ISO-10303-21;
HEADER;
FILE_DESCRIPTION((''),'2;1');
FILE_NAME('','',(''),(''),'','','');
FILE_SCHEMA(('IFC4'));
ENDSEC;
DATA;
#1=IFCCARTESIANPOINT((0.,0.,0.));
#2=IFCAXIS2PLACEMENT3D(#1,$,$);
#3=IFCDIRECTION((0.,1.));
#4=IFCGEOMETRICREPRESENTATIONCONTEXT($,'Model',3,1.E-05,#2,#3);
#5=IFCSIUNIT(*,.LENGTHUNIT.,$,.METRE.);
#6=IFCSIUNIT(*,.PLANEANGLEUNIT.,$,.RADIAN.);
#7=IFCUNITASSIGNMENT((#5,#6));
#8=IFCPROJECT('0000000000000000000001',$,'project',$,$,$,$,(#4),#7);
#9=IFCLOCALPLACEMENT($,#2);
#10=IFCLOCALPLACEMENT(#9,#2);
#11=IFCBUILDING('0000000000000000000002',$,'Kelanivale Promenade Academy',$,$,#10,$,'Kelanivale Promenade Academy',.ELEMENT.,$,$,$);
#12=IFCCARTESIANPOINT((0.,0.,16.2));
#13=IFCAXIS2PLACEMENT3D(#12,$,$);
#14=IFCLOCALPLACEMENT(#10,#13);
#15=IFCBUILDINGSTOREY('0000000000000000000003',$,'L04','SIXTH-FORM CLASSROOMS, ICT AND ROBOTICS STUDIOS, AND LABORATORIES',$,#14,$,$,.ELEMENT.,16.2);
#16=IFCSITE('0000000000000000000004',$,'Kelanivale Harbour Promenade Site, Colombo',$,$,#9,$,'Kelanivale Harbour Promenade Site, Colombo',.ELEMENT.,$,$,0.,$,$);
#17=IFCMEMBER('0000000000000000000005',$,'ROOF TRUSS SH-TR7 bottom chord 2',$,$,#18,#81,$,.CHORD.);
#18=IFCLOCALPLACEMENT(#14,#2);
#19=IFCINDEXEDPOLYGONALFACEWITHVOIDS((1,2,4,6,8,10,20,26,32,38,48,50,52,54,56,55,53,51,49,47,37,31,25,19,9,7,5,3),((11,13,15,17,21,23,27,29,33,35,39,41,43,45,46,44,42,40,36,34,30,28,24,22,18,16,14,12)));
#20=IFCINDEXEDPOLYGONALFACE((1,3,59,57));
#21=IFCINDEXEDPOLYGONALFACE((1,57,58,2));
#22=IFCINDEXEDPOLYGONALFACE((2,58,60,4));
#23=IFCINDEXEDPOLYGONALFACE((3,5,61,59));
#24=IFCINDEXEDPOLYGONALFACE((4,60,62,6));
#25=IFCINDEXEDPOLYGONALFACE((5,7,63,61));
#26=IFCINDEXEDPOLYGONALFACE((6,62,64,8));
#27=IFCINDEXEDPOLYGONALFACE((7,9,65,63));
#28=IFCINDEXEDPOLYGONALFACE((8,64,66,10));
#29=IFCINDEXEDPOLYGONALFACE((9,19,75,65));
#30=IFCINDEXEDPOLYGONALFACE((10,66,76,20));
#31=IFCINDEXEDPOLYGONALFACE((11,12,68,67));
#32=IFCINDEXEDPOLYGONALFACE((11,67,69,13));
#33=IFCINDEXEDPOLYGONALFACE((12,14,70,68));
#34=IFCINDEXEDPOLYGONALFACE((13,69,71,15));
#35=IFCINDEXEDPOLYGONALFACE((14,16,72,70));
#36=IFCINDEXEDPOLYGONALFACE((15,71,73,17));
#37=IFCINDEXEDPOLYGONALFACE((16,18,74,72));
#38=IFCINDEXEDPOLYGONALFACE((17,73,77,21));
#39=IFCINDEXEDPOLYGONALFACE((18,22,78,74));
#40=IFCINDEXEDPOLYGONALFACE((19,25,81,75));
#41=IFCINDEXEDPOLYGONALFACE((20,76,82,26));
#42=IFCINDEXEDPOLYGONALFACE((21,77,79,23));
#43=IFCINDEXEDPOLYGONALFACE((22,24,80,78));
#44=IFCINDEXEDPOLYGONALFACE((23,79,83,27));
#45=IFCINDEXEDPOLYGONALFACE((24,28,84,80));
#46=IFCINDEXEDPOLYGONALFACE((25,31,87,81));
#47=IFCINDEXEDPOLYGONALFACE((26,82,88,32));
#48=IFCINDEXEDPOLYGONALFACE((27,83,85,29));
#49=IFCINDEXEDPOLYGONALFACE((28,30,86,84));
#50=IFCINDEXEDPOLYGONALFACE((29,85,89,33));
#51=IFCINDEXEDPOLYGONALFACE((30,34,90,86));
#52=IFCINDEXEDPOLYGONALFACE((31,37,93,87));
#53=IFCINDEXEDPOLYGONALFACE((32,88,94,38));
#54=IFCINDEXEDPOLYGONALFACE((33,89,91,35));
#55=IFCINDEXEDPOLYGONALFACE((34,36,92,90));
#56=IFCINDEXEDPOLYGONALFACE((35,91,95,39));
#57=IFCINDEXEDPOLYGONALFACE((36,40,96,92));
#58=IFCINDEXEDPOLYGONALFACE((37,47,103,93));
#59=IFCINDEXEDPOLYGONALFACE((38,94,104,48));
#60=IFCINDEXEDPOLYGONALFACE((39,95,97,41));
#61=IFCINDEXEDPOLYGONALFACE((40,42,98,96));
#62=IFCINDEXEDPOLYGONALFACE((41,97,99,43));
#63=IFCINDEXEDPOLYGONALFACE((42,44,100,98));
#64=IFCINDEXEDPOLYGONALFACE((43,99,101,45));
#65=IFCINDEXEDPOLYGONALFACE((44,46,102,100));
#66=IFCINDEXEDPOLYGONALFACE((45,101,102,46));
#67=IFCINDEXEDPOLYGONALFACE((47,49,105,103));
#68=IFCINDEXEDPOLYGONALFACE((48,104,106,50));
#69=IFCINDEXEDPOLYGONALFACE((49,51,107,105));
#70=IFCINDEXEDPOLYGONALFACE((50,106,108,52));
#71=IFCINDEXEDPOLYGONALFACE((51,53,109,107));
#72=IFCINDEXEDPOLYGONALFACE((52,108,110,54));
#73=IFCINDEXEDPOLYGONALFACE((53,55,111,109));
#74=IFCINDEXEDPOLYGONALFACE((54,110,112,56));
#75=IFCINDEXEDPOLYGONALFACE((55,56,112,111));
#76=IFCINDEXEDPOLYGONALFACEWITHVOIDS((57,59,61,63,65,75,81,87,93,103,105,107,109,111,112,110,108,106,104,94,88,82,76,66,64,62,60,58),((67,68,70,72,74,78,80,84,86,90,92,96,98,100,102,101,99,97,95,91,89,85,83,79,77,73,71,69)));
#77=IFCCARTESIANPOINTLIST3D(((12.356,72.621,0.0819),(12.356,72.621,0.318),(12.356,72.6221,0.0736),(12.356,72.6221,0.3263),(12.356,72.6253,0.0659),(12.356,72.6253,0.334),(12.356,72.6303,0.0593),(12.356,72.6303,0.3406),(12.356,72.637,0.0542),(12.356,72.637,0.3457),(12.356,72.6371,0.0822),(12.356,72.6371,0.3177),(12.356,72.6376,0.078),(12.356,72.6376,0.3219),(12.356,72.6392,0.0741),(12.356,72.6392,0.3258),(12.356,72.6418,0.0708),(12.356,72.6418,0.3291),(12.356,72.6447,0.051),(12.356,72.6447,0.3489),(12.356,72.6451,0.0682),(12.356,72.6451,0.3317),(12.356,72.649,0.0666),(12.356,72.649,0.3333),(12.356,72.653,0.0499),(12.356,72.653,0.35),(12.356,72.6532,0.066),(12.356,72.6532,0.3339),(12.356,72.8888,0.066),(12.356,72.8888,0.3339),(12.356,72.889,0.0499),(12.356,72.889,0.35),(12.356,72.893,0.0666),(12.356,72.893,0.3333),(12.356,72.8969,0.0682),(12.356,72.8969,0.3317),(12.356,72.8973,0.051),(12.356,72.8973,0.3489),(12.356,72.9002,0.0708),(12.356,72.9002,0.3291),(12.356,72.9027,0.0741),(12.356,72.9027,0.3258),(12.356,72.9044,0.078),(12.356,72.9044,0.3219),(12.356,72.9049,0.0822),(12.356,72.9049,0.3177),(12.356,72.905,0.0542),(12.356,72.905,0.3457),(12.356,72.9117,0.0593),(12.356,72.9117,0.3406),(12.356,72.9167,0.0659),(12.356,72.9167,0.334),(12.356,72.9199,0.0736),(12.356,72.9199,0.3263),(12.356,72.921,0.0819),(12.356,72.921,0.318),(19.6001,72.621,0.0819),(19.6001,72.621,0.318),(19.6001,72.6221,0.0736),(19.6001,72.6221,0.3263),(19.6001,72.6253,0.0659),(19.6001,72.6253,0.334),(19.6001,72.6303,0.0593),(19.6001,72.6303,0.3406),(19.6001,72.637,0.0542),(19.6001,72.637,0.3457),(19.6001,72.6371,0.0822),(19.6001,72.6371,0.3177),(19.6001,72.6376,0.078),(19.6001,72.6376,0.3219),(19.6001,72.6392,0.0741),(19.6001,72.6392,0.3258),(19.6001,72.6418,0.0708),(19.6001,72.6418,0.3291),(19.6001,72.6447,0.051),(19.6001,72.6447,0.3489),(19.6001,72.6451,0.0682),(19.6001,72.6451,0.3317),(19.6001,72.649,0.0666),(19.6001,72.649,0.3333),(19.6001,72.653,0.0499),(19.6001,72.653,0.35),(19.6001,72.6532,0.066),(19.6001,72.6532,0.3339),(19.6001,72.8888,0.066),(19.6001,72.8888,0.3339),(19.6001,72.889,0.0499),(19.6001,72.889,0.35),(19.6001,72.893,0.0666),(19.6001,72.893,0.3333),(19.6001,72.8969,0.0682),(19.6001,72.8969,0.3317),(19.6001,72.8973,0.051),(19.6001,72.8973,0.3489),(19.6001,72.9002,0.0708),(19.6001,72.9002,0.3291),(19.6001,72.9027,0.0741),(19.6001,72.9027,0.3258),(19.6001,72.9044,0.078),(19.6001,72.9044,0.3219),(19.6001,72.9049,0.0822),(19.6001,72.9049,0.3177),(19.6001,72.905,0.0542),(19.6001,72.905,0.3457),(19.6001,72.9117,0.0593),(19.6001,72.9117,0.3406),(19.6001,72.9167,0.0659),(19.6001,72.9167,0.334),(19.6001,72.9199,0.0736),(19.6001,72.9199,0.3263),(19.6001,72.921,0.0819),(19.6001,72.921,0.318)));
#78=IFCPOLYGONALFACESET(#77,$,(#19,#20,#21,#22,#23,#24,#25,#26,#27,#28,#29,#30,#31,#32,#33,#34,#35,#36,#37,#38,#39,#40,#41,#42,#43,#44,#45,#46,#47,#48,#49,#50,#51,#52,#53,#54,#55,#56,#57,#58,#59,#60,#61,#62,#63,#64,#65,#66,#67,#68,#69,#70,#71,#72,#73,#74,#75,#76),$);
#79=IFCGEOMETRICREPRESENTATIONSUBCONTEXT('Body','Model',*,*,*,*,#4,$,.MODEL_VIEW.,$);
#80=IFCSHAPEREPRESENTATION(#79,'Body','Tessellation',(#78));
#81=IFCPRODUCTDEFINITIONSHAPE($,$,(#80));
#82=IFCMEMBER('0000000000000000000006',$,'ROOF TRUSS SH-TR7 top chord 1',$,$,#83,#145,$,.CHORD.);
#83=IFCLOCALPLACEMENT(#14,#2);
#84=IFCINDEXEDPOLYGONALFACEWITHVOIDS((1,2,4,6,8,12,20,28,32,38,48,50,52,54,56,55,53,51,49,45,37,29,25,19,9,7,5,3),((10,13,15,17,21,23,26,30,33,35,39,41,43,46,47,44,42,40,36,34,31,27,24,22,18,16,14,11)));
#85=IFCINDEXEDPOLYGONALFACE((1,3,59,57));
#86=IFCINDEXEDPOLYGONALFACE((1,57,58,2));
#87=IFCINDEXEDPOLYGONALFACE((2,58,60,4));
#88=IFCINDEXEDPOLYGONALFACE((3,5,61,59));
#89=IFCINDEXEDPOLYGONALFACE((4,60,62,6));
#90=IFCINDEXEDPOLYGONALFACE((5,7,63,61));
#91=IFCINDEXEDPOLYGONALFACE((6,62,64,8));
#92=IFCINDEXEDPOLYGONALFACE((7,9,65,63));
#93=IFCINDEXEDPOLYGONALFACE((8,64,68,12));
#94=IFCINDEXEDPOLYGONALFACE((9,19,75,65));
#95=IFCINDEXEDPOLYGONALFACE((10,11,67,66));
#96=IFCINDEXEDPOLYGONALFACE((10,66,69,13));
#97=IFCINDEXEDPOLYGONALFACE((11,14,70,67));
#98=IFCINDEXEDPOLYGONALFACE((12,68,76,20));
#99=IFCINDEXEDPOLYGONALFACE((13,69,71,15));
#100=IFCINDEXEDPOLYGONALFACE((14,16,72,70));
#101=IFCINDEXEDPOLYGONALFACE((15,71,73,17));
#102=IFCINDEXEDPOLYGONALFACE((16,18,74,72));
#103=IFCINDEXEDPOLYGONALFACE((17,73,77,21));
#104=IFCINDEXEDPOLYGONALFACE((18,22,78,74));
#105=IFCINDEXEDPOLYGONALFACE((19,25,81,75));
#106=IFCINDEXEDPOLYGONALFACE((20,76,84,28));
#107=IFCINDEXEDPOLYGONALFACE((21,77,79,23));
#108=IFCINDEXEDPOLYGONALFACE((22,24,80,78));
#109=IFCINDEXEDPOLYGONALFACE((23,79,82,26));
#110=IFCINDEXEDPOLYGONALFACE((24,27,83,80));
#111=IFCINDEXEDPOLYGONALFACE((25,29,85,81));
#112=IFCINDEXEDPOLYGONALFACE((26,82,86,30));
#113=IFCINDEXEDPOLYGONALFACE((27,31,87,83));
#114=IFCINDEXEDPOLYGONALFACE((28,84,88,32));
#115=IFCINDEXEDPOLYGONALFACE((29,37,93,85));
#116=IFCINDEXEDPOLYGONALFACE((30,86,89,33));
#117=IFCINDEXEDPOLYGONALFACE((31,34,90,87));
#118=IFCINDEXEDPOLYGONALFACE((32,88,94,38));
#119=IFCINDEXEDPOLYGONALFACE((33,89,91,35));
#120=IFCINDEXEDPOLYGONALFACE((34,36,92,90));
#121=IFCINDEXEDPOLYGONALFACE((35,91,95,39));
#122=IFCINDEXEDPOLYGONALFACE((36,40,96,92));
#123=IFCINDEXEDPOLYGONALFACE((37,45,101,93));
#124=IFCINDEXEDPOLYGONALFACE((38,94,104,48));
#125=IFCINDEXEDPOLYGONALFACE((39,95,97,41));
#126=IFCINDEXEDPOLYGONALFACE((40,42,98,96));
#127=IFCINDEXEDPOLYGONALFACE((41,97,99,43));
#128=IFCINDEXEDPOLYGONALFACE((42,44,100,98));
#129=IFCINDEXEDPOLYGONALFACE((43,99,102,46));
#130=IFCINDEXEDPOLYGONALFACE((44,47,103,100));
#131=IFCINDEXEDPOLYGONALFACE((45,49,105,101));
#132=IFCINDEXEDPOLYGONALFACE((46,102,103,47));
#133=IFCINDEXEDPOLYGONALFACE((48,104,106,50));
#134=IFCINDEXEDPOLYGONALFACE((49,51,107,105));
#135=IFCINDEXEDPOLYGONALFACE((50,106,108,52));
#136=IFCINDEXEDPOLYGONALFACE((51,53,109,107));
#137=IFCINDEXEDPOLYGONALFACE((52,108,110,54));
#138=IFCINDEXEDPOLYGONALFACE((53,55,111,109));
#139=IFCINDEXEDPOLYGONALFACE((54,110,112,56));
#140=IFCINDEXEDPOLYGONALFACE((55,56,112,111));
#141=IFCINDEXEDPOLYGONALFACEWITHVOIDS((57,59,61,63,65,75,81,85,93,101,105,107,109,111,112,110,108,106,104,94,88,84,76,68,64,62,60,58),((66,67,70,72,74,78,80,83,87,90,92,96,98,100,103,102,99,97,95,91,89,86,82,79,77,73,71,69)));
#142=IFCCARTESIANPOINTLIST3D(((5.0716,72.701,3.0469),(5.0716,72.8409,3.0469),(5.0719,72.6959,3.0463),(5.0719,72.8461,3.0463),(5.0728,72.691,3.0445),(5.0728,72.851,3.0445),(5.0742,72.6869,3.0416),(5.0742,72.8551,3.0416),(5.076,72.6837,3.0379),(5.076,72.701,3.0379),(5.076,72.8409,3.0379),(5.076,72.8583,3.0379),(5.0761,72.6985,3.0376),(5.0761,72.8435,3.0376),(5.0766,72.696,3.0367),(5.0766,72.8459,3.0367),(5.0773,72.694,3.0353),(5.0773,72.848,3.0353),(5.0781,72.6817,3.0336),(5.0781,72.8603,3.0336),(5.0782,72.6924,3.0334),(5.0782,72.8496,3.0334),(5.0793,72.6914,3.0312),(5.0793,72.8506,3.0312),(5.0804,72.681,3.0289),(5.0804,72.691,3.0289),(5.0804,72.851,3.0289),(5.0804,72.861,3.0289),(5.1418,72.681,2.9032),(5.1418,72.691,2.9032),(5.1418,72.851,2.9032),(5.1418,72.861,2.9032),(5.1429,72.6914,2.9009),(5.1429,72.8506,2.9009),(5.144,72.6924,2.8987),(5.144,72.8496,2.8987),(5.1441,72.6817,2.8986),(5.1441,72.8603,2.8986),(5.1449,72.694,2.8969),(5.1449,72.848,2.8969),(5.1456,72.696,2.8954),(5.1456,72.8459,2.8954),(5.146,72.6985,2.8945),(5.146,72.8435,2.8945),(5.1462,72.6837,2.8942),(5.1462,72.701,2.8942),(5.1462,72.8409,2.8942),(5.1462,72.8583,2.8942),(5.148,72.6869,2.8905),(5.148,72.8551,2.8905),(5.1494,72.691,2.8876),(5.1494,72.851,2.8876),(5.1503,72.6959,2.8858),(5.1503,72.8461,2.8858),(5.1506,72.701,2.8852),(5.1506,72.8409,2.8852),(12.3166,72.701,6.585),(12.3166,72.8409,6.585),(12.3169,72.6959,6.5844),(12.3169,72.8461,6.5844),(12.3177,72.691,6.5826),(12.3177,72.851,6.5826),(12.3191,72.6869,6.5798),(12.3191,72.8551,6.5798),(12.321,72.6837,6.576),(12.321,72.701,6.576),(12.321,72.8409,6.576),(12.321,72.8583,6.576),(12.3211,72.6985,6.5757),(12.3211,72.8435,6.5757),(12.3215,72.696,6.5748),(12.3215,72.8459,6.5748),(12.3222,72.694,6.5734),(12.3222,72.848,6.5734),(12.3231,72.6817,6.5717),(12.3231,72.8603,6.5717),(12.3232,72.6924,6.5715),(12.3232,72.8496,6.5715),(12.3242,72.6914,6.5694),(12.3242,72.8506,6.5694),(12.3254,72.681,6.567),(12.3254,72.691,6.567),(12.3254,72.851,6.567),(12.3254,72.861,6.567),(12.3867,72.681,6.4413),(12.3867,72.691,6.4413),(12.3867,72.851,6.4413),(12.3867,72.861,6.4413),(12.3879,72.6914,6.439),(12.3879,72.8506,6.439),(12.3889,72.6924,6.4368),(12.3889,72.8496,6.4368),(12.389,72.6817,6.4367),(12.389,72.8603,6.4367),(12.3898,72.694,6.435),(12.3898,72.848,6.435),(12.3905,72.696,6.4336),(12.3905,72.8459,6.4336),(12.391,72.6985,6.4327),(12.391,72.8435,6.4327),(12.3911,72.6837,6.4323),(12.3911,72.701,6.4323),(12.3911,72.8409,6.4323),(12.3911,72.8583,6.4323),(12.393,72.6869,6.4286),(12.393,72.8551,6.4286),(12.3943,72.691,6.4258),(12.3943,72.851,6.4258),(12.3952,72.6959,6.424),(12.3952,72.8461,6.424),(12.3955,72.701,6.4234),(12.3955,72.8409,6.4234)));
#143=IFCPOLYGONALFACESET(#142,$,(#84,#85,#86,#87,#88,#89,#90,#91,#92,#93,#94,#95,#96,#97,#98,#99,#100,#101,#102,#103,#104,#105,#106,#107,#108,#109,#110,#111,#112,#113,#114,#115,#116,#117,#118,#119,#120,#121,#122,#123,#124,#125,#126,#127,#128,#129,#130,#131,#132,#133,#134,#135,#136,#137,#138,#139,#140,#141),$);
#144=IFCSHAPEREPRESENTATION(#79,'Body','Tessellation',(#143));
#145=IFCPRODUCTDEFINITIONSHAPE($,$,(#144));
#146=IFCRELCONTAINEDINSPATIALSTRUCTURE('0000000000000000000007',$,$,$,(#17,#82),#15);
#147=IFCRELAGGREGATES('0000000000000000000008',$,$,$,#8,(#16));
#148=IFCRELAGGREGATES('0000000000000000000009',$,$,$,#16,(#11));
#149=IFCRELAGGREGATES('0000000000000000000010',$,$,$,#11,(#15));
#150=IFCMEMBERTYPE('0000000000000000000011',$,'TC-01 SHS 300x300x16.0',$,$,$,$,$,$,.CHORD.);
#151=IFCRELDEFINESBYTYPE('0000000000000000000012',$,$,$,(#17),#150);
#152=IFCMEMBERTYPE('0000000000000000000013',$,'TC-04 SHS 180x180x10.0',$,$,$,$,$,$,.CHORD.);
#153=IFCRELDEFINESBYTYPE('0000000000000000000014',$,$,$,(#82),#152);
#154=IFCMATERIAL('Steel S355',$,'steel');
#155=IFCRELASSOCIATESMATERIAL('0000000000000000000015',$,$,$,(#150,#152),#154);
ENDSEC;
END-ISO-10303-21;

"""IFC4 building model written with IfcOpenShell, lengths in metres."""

from ifc_helpers import new_model, si_unit, direction, frame, origin, origin_2d, place, context, subcontext, project, spatial, hollow_rectangle, extrude, material, material_profile, profile_set, type_object, element, save


model = new_model("IFC4")

# Units and contexts
model_context = context("Model", 3, precision=1e-05, world=origin(), true_north=direction((0.0, 1.0)))
body_context = subcontext(model_context, "Body", "Model", "MODEL_VIEW")
ifc_project = project(units=[si_unit("LENGTHUNIT", "METRE"), si_unit("PLANEANGLEUNIT", "RADIAN")], contexts=[model_context])

# Site, building, storey
site_placement = place(None, origin())
site = spatial("IfcSite", under=ifc_project, at=site_placement, Name="Kelanivale Harbour Promenade Site, Colombo", LongName="Kelanivale Harbour Promenade Site, Colombo", CompositionType="ELEMENT", RefElevation=0.0)
building_placement = place(site_placement, origin())
building = spatial("IfcBuilding", under=site, at=building_placement, Name="Kelanivale Promenade Academy", LongName="Kelanivale Promenade Academy", CompositionType="ELEMENT")
storey_placement = place(building_placement, frame((0.0, 0.0, 16.2)))
storey = spatial("IfcBuildingStorey", under=building, at=storey_placement, Name="L04", Description="SIXTH-FORM CLASSROOMS, ICT AND ROBOTICS STUDIOS, AND LABORATORIES", CompositionType="ELEMENT", Elevation=16.2)

# Shared definitions
ifc_material_1 = material(Name="Steel S355", Category="steel")

# Members
ifc_material_profile_1 = material_profile(ifc_material_1, hollow_rectangle(XDim=0.3, YDim=0.3, WallThickness=0.0161, InnerFilletRadius=0.0161, OuterFilletRadius=0.032, at=origin_2d()), Name="SHS 300x300x16.0")
ifc_profile_set_1 = profile_set([ifc_material_profile_1], Name="Steel S355")
member_type_1 = type_object("IfcMemberType", Name="TC-01 SHS 300x300x16.0", PredefinedType="CHORD", material=ifc_profile_set_1)
member_1_placement = place(storey_placement, frame((12.356, 72.771, 0.2), z_axis=(1.0, 0.0, 0.0), x_axis=(0.0, 1.0, 0.0)))
element("IfcMember", 1, at=member_1_placement, inside=storey, type_object=member_type_1, Name="ROOF TRUSS SH-TR7 bottom chord 2", PredefinedType="CHORD", context=body_context, shape_type="SweptSolid", body=[
    extrude(hollow_rectangle(XDim=0.3, YDim=0.3, WallThickness=0.0161, InnerFilletRadius=0.0161, OuterFilletRadius=0.032, at=origin_2d()), origin(), (0.0, 0.0, 1.0), 7.2441),
])
ifc_material_profile_2 = material_profile(ifc_material_1, hollow_rectangle(XDim=0.1799, YDim=0.1799, WallThickness=0.01, InnerFilletRadius=0.01, OuterFilletRadius=0.02, at=origin_2d()), Name="SHS 180x180x10.0")
ifc_profile_set_2 = profile_set([ifc_material_profile_2], Name="Steel S355")
member_type_2 = type_object("IfcMemberType", Name="TC-04 SHS 180x180x10.0", PredefinedType="CHORD", material=ifc_profile_set_2)
member_2_placement = place(storey_placement, frame((5.1111, 72.771, 2.9661), z_axis=(0.898573, 0.0, 0.438824), x_axis=(0.0, 1.0, 0.0)))
element("IfcMember", 2, at=member_2_placement, inside=storey, type_object=member_type_2, Name="ROOF TRUSS SH-TR7 top chord 1", PredefinedType="CHORD", context=body_context, shape_type="SweptSolid", body=[
    extrude(hollow_rectangle(XDim=0.1799, YDim=0.1799, WallThickness=0.01, InnerFilletRadius=0.01, OuterFilletRadius=0.02, at=origin_2d()), origin(), (0.0, 0.0, 1.0), 8.0627),
])

save(model, "model.ifc")
